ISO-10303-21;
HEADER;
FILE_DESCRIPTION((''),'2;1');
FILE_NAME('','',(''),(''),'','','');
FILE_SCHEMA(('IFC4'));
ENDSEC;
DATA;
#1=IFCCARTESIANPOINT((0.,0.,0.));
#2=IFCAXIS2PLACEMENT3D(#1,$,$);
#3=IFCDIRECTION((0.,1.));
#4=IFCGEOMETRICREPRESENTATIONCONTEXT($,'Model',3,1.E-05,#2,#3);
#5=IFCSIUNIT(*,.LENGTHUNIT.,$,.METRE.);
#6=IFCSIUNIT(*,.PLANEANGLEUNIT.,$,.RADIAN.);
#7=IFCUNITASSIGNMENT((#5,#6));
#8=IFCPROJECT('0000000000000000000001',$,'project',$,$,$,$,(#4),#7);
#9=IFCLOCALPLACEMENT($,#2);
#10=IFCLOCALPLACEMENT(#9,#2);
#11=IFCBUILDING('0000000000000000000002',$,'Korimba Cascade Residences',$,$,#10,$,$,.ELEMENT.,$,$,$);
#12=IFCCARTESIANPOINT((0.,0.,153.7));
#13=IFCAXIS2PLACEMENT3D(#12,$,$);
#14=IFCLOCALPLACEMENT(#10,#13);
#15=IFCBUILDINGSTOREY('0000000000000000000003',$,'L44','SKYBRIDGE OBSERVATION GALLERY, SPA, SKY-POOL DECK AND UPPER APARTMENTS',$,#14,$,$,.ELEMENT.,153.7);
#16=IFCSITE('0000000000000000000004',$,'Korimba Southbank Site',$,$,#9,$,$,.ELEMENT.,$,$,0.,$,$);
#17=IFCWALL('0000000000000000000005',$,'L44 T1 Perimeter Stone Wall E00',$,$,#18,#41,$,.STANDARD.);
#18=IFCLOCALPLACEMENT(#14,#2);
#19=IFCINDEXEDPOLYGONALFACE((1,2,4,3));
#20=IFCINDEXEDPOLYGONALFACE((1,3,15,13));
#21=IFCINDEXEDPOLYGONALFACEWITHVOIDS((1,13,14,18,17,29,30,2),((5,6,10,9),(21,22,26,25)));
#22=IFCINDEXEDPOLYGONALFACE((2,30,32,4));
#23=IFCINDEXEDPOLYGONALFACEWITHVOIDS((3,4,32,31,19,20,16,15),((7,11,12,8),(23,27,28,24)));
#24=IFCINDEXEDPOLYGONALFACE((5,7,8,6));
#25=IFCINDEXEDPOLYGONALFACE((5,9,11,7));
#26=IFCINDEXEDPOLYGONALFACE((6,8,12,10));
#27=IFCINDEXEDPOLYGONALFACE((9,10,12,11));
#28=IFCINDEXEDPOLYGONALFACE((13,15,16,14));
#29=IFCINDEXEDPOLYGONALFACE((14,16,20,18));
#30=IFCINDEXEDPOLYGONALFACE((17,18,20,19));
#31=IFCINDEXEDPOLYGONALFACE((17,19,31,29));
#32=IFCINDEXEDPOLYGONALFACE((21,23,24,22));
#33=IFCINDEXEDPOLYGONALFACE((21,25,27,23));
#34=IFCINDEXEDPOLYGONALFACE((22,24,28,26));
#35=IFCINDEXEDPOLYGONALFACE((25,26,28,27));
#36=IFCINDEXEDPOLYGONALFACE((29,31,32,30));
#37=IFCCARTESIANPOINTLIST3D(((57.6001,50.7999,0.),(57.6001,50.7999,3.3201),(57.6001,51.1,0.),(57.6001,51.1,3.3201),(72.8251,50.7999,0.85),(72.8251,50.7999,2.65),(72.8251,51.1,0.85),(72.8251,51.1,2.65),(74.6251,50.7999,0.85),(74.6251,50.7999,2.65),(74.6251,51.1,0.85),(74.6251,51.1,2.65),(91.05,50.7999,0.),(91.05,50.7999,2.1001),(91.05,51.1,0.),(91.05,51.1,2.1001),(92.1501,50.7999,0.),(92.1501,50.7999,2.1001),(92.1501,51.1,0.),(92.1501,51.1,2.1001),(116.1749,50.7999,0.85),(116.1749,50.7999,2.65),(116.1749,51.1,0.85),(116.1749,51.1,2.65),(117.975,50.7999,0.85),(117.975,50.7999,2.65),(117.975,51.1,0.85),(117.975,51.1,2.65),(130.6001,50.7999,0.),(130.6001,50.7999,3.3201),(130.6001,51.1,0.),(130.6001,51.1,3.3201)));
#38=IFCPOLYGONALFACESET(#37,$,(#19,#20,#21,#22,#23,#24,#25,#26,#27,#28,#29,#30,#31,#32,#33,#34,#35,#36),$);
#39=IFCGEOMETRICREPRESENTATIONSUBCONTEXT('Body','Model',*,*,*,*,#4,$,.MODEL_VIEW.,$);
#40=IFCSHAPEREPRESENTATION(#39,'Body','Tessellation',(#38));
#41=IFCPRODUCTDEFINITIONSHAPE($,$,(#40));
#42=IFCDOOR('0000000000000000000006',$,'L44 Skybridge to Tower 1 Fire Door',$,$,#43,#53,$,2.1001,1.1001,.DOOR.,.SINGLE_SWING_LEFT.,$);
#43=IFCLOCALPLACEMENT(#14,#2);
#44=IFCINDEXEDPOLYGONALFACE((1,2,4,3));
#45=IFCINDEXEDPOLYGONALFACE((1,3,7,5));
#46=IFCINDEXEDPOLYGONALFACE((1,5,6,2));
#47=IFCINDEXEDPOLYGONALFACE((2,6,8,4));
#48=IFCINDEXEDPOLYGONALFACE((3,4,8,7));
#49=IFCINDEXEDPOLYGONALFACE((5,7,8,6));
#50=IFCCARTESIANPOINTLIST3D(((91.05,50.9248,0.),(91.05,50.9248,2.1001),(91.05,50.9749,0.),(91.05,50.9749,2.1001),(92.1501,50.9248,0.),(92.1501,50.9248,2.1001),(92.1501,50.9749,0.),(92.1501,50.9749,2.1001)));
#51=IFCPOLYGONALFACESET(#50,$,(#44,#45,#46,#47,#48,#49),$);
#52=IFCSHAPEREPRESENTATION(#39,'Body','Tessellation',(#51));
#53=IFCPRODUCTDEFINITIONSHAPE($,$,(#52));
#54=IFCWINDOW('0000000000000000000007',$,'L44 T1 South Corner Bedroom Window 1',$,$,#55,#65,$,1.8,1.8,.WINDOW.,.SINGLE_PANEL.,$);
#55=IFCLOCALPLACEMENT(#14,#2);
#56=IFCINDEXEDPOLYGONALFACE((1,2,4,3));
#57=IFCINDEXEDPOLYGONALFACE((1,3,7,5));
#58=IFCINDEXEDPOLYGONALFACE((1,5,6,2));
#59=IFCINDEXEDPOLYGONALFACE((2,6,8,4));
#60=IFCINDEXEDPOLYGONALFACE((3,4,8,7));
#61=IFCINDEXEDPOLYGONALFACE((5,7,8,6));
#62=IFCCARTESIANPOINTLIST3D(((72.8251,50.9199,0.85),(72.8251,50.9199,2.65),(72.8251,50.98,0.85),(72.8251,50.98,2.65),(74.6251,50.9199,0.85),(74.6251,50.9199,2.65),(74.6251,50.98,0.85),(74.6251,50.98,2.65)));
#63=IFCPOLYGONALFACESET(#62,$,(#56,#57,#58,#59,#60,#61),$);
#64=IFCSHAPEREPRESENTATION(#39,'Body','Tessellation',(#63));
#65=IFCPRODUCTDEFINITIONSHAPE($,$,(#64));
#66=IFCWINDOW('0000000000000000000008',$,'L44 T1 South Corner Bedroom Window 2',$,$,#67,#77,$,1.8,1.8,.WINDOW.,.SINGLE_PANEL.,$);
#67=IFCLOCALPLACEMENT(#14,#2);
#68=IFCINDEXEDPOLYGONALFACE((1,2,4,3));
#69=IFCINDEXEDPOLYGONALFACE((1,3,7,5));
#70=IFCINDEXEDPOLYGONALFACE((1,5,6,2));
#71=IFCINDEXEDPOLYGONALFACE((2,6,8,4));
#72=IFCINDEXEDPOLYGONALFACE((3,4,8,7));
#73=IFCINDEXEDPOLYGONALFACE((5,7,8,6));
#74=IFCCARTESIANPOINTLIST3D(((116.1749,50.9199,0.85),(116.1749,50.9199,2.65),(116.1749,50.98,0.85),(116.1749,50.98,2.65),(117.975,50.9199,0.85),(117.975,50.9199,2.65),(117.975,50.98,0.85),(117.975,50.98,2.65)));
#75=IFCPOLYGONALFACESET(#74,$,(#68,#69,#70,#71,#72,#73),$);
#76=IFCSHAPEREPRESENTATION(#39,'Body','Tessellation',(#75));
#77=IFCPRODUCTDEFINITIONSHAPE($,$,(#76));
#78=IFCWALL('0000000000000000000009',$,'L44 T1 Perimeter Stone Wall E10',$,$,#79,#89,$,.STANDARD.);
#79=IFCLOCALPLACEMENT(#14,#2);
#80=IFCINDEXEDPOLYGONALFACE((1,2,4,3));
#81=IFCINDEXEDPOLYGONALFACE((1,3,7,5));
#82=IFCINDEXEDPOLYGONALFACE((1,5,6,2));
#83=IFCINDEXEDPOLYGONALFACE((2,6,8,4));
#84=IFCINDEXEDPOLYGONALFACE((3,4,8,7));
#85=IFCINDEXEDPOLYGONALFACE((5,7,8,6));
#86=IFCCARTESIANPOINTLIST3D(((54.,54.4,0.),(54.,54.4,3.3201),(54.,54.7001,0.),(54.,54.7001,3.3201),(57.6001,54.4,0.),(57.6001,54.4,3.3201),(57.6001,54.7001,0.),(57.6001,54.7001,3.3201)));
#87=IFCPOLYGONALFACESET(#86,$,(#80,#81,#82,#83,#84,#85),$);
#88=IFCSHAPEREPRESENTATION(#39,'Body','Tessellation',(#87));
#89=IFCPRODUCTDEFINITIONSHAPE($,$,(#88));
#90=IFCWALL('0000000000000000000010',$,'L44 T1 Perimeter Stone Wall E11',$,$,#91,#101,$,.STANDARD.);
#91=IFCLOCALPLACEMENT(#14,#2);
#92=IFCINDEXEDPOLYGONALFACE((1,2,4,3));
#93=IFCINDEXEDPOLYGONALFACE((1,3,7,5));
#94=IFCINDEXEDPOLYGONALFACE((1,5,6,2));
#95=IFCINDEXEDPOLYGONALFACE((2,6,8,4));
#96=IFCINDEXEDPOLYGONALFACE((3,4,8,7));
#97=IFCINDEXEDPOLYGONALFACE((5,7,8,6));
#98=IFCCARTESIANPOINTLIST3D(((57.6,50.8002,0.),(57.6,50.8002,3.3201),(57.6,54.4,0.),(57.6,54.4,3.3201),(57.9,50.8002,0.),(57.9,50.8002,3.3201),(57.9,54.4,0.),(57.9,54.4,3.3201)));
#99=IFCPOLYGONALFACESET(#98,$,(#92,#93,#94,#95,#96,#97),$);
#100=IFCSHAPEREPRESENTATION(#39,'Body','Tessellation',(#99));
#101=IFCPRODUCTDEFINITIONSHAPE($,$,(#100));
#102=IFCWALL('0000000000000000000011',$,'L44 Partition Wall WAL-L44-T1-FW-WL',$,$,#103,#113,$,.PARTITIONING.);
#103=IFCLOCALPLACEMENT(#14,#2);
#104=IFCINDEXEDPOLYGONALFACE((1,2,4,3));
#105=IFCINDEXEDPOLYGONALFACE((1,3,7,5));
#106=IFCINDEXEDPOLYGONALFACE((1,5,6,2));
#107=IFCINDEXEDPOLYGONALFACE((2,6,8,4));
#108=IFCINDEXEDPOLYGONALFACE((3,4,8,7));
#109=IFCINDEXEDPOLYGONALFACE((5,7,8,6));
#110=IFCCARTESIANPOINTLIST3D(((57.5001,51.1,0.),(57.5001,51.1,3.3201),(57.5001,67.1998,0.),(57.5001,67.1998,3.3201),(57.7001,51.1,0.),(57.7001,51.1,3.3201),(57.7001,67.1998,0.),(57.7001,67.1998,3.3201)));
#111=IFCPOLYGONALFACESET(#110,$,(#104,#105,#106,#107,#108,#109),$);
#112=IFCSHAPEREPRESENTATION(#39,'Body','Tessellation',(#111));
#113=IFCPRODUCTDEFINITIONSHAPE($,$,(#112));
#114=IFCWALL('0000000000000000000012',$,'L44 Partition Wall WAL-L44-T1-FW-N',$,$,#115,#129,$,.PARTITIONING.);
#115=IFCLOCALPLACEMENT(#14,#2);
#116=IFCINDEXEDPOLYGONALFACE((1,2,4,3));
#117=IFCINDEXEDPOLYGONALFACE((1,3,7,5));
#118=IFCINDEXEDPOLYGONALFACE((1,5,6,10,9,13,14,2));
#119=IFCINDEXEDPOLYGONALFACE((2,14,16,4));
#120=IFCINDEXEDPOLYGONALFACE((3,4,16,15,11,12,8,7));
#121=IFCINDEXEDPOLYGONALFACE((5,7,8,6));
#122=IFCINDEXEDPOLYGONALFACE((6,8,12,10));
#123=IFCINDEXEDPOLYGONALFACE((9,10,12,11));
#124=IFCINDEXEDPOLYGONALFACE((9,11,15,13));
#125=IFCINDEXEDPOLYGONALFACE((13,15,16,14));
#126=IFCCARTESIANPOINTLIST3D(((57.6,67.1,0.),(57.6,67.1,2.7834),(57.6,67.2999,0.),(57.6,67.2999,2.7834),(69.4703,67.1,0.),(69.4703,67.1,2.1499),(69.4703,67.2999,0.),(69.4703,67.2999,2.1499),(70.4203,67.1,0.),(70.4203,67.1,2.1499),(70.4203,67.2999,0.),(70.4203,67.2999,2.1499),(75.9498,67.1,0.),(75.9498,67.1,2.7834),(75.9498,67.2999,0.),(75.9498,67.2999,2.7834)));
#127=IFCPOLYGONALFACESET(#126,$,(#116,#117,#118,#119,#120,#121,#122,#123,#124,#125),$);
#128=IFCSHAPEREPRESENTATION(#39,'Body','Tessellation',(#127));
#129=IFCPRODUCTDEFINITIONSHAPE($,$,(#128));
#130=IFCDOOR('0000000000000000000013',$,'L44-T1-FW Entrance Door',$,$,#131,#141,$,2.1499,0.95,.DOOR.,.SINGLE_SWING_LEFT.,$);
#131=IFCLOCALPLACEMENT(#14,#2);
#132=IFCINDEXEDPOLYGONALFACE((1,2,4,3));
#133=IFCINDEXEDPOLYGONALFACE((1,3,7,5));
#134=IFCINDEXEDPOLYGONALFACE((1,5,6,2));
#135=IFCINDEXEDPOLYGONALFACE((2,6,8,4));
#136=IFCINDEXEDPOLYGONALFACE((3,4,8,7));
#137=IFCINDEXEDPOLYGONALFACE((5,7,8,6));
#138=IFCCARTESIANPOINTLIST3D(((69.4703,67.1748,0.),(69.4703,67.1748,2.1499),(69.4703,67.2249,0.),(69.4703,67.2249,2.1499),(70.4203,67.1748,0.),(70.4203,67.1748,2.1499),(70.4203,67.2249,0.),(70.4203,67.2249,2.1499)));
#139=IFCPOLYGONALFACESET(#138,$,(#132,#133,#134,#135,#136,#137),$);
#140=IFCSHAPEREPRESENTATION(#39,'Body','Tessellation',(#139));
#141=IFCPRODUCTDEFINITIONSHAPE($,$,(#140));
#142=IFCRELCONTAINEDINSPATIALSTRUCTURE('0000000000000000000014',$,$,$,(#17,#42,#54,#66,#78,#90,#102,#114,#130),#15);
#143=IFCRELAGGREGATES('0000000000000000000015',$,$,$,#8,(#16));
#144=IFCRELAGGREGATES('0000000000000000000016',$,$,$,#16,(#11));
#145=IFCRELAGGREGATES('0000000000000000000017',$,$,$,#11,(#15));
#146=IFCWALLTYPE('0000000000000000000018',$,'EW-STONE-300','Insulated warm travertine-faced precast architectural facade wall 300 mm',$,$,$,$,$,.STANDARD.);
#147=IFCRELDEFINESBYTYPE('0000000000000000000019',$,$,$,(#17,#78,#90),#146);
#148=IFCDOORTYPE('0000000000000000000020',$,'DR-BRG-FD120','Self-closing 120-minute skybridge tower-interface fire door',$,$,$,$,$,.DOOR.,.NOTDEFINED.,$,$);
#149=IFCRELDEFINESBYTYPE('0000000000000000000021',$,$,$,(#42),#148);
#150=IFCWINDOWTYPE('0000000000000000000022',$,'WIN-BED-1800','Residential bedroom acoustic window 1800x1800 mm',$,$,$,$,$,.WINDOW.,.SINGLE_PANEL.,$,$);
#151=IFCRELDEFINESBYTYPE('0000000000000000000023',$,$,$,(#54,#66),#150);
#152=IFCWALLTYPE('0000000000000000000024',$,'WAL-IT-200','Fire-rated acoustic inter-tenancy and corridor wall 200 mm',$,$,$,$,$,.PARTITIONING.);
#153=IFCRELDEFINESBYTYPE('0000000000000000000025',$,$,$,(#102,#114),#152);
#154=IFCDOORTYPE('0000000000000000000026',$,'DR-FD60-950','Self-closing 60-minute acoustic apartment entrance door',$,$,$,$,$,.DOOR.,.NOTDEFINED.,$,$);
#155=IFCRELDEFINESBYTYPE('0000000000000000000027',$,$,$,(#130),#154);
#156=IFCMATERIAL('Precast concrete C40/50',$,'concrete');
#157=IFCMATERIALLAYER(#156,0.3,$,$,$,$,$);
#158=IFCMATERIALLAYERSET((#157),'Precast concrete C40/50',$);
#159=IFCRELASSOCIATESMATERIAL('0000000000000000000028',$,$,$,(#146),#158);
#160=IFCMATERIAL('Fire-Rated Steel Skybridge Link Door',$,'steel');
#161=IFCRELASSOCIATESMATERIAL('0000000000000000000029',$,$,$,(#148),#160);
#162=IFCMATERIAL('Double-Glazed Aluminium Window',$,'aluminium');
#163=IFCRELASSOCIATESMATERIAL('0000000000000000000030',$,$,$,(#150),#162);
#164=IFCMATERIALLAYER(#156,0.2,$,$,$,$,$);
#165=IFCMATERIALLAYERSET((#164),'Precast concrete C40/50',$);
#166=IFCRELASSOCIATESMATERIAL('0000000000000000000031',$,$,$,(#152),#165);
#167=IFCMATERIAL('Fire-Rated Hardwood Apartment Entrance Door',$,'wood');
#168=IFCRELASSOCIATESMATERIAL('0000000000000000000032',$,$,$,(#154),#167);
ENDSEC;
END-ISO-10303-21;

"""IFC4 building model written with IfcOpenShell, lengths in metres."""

from ifc_helpers import new_model, si_unit, direction, frame, frame_2d, origin, place, context, subcontext, project, spatial, rectangle, extrude, material, layer, layer_set, type_object, element, fill, save


model = new_model("IFC4")

# Units and contexts
model_context = context("Model", 3, precision=1e-05, world=origin(), true_north=direction((0.0, 1.0)))
body_context = subcontext(model_context, "Body", "Model", "MODEL_VIEW")
ifc_project = project(units=[si_unit("LENGTHUNIT", "METRE"), si_unit("PLANEANGLEUNIT", "RADIAN")], contexts=[model_context])

# Site, building, storey
site_placement = place(None, origin())
site = spatial("IfcSite", under=ifc_project, at=site_placement, Name="Korimba Southbank Site", CompositionType="ELEMENT", RefElevation=0.0)
building_placement = place(site_placement, origin())
building = spatial("IfcBuilding", under=site, at=building_placement, Name="Korimba Cascade Residences", CompositionType="ELEMENT")
storey_placement = place(building_placement, frame((0.0, 0.0, 153.7)))
storey = spatial("IfcBuildingStorey", under=building, at=storey_placement, Name="L44", Description="SKYBRIDGE OBSERVATION GALLERY, SPA, SKY-POOL DECK AND UPPER APARTMENTS", CompositionType="ELEMENT", Elevation=153.7)

# Wall, openings, door, windows
ifc_material_1 = material(Name="Precast concrete C40/50", Category="concrete")
ifc_layer_1 = layer(ifc_material_1, 0.3)
ifc_layer_set_1 = layer_set([ifc_layer_1], Name="Precast concrete C40/50")
wall_type_1 = type_object("IfcWallType", Name="EW-STONE-300", Description="Insulated warm travertine-faced precast architectural facade wall 300 mm", PredefinedType="STANDARD", material=ifc_layer_set_1)
wall_1_placement = place(storey_placement, frame((57.6001, 50.95, 0.0), z_axis=(0.0, 0.0, 1.0), x_axis=(1.0, 0.0, 0.0)))
wall_1 = element("IfcWall", 1, at=wall_1_placement, inside=storey, type_object=wall_type_1, Name="L44 T1 Perimeter Stone Wall E00", PredefinedType="STANDARD", context=body_context, shape_type="SweptSolid", body=[
    extrude(rectangle(XDim=73.0, YDim=0.3, at=frame_2d((36.5, 0.0))), origin(), (0.0, 0.0, 1.0), 3.3201),
])
opening_1_placement = place(wall_1_placement, frame((15.2251, 0.0, 0.8501)))
opening_1 = element("IfcOpeningElement", 2, at=opening_1_placement, cuts=wall_1, PredefinedType="OPENING", context=body_context, shape_type="SweptSolid", body=[
    extrude(rectangle(XDim=1.8, YDim=1.8, at=frame_2d((0.8999, 0.8999))), frame((0.0, 0.1602, 0.0), z_axis=(0.0, -1.0, 0.0), x_axis=(1.0, 0.0, 0.0)), (0.0, 0.0, 1.0), 0.3201),
])
opening_2_placement = place(wall_1_placement, frame((58.575, 0.0, 0.8501)))
opening_2 = element("IfcOpeningElement", 3, at=opening_2_placement, cuts=wall_1, PredefinedType="OPENING", context=body_context, shape_type="SweptSolid", body=[
    extrude(rectangle(XDim=1.8, YDim=1.8, at=frame_2d((0.8999, 0.8999))), frame((0.0, 0.1602, 0.0), z_axis=(0.0, -1.0, 0.0), x_axis=(1.0, 0.0, 0.0)), (0.0, 0.0, 1.0), 0.3201),
])
opening_3_placement = place(wall_1_placement, frame((33.45, 0.0, 0.0)))
opening_3 = element("IfcOpeningElement", 4, at=opening_3_placement, cuts=wall_1, PredefinedType="OPENING", context=body_context, shape_type="SweptSolid", body=[
    extrude(rectangle(XDim=1.1001, YDim=2.1001, at=frame_2d((0.55, 1.05))), frame((0.0, 0.1602, 0.0), z_axis=(0.0, -1.0, 0.0), x_axis=(1.0, 0.0, 0.0)), (0.0, 0.0, 1.0), 0.3201),
])
ifc_material_2 = material(Name="Fire-Rated Steel Skybridge Link Door", Category="steel")
door_type_1 = type_object("IfcDoorType", Name="DR-BRG-FD120", Description="Self-closing 120-minute skybridge tower-interface fire door", OperationType="NOTDEFINED", PredefinedType="DOOR", material=ifc_material_2)
door_1_placement = place(opening_3_placement, origin())
door_1 = element("IfcDoor", 5, at=door_1_placement, inside=storey, type_object=door_type_1, Name="L44 Skybridge to Tower 1 Fire Door", OperationType="SINGLE_SWING_LEFT", OverallHeight=2.1001, OverallWidth=1.1001, PredefinedType="DOOR", context=body_context, shape_type="SweptSolid", body=[
    extrude(rectangle(XDim=1.1001, YDim=2.1001, at=frame_2d((0.55, 1.05))), frame((0.0, 0.0249, 0.0), z_axis=(0.0, -1.0, 0.0), x_axis=(1.0, 0.0, 0.0)), (0.0, 0.0, 1.0), 0.05),
])
fill(opening_3, door_1)
ifc_material_3 = material(Name="Double-Glazed Aluminium Window", Category="aluminium")
window_type = type_object("IfcWindowType", Name="WIN-BED-1800", Description="Residential bedroom acoustic window 1800x1800 mm", PartitioningType="SINGLE_PANEL", PredefinedType="WINDOW", material=ifc_material_3)
window_1_placement = place(opening_1_placement, origin())
window_1 = element("IfcWindow", 6, at=window_1_placement, inside=storey, type_object=window_type, Name="L44 T1 South Corner Bedroom Window 1", OverallHeight=1.8, OverallWidth=1.8, PartitioningType="SINGLE_PANEL", PredefinedType="WINDOW", context=body_context, shape_type="SweptSolid", body=[
    extrude(rectangle(XDim=1.8, YDim=1.8, at=frame_2d((0.8999, 0.8999))), frame((0.0, 0.03, 0.0), z_axis=(0.0, -1.0, 0.0), x_axis=(1.0, 0.0, 0.0)), (0.0, 0.0, 1.0), 0.0601),
])
fill(opening_1, window_1)
window_2_placement = place(opening_2_placement, origin())
window_2 = element("IfcWindow", 7, at=window_2_placement, inside=storey, type_object=window_type, Name="L44 T1 South Corner Bedroom Window 2", OverallHeight=1.8, OverallWidth=1.8, PartitioningType="SINGLE_PANEL", PredefinedType="WINDOW", context=body_context, shape_type="SweptSolid", body=[
    extrude(rectangle(XDim=1.8, YDim=1.8, at=frame_2d((0.8999, 0.8999))), frame((0.0, 0.03, 0.0), z_axis=(0.0, -1.0, 0.0), x_axis=(1.0, 0.0, 0.0)), (0.0, 0.0, 1.0), 0.0601),
])
fill(opening_2, window_2)

# Walls
wall_2_placement = place(storey_placement, frame((54.0, 54.55, 0.0), z_axis=(0.0, 0.0, 1.0), x_axis=(1.0, 0.0, 0.0)))
element("IfcWall", 8, at=wall_2_placement, inside=storey, type_object=wall_type_1, Name="L44 T1 Perimeter Stone Wall E10", PredefinedType="STANDARD", context=body_context, shape_type="SweptSolid", body=[
    extrude(rectangle(XDim=3.6001, YDim=0.3, at=frame_2d((1.8, 0.0))), origin(), (0.0, 0.0, 1.0), 3.3201),
])
wall_3_placement = place(storey_placement, frame((57.75, 54.3999, 0.0), z_axis=(0.0, 0.0, 1.0), x_axis=(0.0, -1.0, 0.0)))
element("IfcWall", 9, at=wall_3_placement, inside=storey, type_object=wall_type_1, Name="L44 T1 Perimeter Stone Wall E11", PredefinedType="STANDARD", context=body_context, shape_type="SweptSolid", body=[
    extrude(rectangle(XDim=3.5999, YDim=0.3, at=frame_2d((1.7998, 0.0))), origin(), (0.0, 0.0, 1.0), 3.3201),
])
ifc_layer_2 = layer(ifc_material_1, 0.2)
ifc_layer_set_2 = layer_set([ifc_layer_2], Name="Precast concrete C40/50")
wall_type_2 = type_object("IfcWallType", Name="WAL-IT-200", Description="Fire-rated acoustic inter-tenancy and corridor wall 200 mm", PredefinedType="PARTITIONING", material=ifc_layer_set_2)
wall_4_placement = place(storey_placement, frame((57.6001, 51.1001, 0.0), z_axis=(0.0, 0.0, 1.0), x_axis=(0.0, 1.0, 0.0)))
element("IfcWall", 10, at=wall_4_placement, inside=storey, type_object=wall_type_2, Name="L44 Partition Wall WAL-L44-T1-FW-WL", PredefinedType="PARTITIONING", context=body_context, shape_type="SweptSolid", body=[
    extrude(rectangle(XDim=16.0999, YDim=0.2, at=frame_2d((8.0498, 0.0))), origin(), (0.0, 0.0, 1.0), 3.3201),
])

# Wall, opening, door
wall_5_placement = place(storey_placement, frame((57.6001, 67.2, 0.0), z_axis=(0.0, 0.0, 1.0), x_axis=(1.0, 0.0, 0.0)))
wall_5 = element("IfcWall", 11, at=wall_5_placement, inside=storey, type_object=wall_type_2, Name="L44 Partition Wall WAL-L44-T1-FW-N", PredefinedType="PARTITIONING", context=body_context, shape_type="SweptSolid", body=[
    extrude(rectangle(XDim=18.3499, YDim=0.2, at=frame_2d((9.1748, 0.0))), origin(), (0.0, 0.0, 1.0), 2.7834),
])
opening_4_placement = place(wall_5_placement, frame((11.8701, 0.0, 0.0)))
opening_4 = element("IfcOpeningElement", 12, at=opening_4_placement, cuts=wall_5, PredefinedType="OPENING", context=body_context, shape_type="SweptSolid", body=[
    extrude(rectangle(XDim=0.95, YDim=2.1499, at=frame_2d((0.4751, 1.075))), frame((0.0, 0.1099, 0.0), z_axis=(0.0, -1.0, 0.0), x_axis=(1.0, 0.0, 0.0)), (0.0, 0.0, 1.0), 0.22),
])
ifc_material_4 = material(Name="Fire-Rated Hardwood Apartment Entrance Door", Category="wood")
door_type_2 = type_object("IfcDoorType", Name="DR-FD60-950", Description="Self-closing 60-minute acoustic apartment entrance door", OperationType="NOTDEFINED", PredefinedType="DOOR", material=ifc_material_4)
door_2_placement = place(opening_4_placement, origin())
door_2 = element("IfcDoor", 13, at=door_2_placement, inside=storey, type_object=door_type_2, Name="L44-T1-FW Entrance Door", OperationType="SINGLE_SWING_LEFT", OverallHeight=2.1499, OverallWidth=0.95, PredefinedType="DOOR", context=body_context, shape_type="SweptSolid", body=[
    extrude(rectangle(XDim=0.95, YDim=2.1499, at=frame_2d((0.4751, 1.075))), frame((0.0, 0.0249, 0.0), z_axis=(0.0, -1.0, 0.0), x_axis=(1.0, 0.0, 0.0)), (0.0, 0.0, 1.0), 0.05),
])
fill(opening_4, door_2)

save(model, "model.ifc")
